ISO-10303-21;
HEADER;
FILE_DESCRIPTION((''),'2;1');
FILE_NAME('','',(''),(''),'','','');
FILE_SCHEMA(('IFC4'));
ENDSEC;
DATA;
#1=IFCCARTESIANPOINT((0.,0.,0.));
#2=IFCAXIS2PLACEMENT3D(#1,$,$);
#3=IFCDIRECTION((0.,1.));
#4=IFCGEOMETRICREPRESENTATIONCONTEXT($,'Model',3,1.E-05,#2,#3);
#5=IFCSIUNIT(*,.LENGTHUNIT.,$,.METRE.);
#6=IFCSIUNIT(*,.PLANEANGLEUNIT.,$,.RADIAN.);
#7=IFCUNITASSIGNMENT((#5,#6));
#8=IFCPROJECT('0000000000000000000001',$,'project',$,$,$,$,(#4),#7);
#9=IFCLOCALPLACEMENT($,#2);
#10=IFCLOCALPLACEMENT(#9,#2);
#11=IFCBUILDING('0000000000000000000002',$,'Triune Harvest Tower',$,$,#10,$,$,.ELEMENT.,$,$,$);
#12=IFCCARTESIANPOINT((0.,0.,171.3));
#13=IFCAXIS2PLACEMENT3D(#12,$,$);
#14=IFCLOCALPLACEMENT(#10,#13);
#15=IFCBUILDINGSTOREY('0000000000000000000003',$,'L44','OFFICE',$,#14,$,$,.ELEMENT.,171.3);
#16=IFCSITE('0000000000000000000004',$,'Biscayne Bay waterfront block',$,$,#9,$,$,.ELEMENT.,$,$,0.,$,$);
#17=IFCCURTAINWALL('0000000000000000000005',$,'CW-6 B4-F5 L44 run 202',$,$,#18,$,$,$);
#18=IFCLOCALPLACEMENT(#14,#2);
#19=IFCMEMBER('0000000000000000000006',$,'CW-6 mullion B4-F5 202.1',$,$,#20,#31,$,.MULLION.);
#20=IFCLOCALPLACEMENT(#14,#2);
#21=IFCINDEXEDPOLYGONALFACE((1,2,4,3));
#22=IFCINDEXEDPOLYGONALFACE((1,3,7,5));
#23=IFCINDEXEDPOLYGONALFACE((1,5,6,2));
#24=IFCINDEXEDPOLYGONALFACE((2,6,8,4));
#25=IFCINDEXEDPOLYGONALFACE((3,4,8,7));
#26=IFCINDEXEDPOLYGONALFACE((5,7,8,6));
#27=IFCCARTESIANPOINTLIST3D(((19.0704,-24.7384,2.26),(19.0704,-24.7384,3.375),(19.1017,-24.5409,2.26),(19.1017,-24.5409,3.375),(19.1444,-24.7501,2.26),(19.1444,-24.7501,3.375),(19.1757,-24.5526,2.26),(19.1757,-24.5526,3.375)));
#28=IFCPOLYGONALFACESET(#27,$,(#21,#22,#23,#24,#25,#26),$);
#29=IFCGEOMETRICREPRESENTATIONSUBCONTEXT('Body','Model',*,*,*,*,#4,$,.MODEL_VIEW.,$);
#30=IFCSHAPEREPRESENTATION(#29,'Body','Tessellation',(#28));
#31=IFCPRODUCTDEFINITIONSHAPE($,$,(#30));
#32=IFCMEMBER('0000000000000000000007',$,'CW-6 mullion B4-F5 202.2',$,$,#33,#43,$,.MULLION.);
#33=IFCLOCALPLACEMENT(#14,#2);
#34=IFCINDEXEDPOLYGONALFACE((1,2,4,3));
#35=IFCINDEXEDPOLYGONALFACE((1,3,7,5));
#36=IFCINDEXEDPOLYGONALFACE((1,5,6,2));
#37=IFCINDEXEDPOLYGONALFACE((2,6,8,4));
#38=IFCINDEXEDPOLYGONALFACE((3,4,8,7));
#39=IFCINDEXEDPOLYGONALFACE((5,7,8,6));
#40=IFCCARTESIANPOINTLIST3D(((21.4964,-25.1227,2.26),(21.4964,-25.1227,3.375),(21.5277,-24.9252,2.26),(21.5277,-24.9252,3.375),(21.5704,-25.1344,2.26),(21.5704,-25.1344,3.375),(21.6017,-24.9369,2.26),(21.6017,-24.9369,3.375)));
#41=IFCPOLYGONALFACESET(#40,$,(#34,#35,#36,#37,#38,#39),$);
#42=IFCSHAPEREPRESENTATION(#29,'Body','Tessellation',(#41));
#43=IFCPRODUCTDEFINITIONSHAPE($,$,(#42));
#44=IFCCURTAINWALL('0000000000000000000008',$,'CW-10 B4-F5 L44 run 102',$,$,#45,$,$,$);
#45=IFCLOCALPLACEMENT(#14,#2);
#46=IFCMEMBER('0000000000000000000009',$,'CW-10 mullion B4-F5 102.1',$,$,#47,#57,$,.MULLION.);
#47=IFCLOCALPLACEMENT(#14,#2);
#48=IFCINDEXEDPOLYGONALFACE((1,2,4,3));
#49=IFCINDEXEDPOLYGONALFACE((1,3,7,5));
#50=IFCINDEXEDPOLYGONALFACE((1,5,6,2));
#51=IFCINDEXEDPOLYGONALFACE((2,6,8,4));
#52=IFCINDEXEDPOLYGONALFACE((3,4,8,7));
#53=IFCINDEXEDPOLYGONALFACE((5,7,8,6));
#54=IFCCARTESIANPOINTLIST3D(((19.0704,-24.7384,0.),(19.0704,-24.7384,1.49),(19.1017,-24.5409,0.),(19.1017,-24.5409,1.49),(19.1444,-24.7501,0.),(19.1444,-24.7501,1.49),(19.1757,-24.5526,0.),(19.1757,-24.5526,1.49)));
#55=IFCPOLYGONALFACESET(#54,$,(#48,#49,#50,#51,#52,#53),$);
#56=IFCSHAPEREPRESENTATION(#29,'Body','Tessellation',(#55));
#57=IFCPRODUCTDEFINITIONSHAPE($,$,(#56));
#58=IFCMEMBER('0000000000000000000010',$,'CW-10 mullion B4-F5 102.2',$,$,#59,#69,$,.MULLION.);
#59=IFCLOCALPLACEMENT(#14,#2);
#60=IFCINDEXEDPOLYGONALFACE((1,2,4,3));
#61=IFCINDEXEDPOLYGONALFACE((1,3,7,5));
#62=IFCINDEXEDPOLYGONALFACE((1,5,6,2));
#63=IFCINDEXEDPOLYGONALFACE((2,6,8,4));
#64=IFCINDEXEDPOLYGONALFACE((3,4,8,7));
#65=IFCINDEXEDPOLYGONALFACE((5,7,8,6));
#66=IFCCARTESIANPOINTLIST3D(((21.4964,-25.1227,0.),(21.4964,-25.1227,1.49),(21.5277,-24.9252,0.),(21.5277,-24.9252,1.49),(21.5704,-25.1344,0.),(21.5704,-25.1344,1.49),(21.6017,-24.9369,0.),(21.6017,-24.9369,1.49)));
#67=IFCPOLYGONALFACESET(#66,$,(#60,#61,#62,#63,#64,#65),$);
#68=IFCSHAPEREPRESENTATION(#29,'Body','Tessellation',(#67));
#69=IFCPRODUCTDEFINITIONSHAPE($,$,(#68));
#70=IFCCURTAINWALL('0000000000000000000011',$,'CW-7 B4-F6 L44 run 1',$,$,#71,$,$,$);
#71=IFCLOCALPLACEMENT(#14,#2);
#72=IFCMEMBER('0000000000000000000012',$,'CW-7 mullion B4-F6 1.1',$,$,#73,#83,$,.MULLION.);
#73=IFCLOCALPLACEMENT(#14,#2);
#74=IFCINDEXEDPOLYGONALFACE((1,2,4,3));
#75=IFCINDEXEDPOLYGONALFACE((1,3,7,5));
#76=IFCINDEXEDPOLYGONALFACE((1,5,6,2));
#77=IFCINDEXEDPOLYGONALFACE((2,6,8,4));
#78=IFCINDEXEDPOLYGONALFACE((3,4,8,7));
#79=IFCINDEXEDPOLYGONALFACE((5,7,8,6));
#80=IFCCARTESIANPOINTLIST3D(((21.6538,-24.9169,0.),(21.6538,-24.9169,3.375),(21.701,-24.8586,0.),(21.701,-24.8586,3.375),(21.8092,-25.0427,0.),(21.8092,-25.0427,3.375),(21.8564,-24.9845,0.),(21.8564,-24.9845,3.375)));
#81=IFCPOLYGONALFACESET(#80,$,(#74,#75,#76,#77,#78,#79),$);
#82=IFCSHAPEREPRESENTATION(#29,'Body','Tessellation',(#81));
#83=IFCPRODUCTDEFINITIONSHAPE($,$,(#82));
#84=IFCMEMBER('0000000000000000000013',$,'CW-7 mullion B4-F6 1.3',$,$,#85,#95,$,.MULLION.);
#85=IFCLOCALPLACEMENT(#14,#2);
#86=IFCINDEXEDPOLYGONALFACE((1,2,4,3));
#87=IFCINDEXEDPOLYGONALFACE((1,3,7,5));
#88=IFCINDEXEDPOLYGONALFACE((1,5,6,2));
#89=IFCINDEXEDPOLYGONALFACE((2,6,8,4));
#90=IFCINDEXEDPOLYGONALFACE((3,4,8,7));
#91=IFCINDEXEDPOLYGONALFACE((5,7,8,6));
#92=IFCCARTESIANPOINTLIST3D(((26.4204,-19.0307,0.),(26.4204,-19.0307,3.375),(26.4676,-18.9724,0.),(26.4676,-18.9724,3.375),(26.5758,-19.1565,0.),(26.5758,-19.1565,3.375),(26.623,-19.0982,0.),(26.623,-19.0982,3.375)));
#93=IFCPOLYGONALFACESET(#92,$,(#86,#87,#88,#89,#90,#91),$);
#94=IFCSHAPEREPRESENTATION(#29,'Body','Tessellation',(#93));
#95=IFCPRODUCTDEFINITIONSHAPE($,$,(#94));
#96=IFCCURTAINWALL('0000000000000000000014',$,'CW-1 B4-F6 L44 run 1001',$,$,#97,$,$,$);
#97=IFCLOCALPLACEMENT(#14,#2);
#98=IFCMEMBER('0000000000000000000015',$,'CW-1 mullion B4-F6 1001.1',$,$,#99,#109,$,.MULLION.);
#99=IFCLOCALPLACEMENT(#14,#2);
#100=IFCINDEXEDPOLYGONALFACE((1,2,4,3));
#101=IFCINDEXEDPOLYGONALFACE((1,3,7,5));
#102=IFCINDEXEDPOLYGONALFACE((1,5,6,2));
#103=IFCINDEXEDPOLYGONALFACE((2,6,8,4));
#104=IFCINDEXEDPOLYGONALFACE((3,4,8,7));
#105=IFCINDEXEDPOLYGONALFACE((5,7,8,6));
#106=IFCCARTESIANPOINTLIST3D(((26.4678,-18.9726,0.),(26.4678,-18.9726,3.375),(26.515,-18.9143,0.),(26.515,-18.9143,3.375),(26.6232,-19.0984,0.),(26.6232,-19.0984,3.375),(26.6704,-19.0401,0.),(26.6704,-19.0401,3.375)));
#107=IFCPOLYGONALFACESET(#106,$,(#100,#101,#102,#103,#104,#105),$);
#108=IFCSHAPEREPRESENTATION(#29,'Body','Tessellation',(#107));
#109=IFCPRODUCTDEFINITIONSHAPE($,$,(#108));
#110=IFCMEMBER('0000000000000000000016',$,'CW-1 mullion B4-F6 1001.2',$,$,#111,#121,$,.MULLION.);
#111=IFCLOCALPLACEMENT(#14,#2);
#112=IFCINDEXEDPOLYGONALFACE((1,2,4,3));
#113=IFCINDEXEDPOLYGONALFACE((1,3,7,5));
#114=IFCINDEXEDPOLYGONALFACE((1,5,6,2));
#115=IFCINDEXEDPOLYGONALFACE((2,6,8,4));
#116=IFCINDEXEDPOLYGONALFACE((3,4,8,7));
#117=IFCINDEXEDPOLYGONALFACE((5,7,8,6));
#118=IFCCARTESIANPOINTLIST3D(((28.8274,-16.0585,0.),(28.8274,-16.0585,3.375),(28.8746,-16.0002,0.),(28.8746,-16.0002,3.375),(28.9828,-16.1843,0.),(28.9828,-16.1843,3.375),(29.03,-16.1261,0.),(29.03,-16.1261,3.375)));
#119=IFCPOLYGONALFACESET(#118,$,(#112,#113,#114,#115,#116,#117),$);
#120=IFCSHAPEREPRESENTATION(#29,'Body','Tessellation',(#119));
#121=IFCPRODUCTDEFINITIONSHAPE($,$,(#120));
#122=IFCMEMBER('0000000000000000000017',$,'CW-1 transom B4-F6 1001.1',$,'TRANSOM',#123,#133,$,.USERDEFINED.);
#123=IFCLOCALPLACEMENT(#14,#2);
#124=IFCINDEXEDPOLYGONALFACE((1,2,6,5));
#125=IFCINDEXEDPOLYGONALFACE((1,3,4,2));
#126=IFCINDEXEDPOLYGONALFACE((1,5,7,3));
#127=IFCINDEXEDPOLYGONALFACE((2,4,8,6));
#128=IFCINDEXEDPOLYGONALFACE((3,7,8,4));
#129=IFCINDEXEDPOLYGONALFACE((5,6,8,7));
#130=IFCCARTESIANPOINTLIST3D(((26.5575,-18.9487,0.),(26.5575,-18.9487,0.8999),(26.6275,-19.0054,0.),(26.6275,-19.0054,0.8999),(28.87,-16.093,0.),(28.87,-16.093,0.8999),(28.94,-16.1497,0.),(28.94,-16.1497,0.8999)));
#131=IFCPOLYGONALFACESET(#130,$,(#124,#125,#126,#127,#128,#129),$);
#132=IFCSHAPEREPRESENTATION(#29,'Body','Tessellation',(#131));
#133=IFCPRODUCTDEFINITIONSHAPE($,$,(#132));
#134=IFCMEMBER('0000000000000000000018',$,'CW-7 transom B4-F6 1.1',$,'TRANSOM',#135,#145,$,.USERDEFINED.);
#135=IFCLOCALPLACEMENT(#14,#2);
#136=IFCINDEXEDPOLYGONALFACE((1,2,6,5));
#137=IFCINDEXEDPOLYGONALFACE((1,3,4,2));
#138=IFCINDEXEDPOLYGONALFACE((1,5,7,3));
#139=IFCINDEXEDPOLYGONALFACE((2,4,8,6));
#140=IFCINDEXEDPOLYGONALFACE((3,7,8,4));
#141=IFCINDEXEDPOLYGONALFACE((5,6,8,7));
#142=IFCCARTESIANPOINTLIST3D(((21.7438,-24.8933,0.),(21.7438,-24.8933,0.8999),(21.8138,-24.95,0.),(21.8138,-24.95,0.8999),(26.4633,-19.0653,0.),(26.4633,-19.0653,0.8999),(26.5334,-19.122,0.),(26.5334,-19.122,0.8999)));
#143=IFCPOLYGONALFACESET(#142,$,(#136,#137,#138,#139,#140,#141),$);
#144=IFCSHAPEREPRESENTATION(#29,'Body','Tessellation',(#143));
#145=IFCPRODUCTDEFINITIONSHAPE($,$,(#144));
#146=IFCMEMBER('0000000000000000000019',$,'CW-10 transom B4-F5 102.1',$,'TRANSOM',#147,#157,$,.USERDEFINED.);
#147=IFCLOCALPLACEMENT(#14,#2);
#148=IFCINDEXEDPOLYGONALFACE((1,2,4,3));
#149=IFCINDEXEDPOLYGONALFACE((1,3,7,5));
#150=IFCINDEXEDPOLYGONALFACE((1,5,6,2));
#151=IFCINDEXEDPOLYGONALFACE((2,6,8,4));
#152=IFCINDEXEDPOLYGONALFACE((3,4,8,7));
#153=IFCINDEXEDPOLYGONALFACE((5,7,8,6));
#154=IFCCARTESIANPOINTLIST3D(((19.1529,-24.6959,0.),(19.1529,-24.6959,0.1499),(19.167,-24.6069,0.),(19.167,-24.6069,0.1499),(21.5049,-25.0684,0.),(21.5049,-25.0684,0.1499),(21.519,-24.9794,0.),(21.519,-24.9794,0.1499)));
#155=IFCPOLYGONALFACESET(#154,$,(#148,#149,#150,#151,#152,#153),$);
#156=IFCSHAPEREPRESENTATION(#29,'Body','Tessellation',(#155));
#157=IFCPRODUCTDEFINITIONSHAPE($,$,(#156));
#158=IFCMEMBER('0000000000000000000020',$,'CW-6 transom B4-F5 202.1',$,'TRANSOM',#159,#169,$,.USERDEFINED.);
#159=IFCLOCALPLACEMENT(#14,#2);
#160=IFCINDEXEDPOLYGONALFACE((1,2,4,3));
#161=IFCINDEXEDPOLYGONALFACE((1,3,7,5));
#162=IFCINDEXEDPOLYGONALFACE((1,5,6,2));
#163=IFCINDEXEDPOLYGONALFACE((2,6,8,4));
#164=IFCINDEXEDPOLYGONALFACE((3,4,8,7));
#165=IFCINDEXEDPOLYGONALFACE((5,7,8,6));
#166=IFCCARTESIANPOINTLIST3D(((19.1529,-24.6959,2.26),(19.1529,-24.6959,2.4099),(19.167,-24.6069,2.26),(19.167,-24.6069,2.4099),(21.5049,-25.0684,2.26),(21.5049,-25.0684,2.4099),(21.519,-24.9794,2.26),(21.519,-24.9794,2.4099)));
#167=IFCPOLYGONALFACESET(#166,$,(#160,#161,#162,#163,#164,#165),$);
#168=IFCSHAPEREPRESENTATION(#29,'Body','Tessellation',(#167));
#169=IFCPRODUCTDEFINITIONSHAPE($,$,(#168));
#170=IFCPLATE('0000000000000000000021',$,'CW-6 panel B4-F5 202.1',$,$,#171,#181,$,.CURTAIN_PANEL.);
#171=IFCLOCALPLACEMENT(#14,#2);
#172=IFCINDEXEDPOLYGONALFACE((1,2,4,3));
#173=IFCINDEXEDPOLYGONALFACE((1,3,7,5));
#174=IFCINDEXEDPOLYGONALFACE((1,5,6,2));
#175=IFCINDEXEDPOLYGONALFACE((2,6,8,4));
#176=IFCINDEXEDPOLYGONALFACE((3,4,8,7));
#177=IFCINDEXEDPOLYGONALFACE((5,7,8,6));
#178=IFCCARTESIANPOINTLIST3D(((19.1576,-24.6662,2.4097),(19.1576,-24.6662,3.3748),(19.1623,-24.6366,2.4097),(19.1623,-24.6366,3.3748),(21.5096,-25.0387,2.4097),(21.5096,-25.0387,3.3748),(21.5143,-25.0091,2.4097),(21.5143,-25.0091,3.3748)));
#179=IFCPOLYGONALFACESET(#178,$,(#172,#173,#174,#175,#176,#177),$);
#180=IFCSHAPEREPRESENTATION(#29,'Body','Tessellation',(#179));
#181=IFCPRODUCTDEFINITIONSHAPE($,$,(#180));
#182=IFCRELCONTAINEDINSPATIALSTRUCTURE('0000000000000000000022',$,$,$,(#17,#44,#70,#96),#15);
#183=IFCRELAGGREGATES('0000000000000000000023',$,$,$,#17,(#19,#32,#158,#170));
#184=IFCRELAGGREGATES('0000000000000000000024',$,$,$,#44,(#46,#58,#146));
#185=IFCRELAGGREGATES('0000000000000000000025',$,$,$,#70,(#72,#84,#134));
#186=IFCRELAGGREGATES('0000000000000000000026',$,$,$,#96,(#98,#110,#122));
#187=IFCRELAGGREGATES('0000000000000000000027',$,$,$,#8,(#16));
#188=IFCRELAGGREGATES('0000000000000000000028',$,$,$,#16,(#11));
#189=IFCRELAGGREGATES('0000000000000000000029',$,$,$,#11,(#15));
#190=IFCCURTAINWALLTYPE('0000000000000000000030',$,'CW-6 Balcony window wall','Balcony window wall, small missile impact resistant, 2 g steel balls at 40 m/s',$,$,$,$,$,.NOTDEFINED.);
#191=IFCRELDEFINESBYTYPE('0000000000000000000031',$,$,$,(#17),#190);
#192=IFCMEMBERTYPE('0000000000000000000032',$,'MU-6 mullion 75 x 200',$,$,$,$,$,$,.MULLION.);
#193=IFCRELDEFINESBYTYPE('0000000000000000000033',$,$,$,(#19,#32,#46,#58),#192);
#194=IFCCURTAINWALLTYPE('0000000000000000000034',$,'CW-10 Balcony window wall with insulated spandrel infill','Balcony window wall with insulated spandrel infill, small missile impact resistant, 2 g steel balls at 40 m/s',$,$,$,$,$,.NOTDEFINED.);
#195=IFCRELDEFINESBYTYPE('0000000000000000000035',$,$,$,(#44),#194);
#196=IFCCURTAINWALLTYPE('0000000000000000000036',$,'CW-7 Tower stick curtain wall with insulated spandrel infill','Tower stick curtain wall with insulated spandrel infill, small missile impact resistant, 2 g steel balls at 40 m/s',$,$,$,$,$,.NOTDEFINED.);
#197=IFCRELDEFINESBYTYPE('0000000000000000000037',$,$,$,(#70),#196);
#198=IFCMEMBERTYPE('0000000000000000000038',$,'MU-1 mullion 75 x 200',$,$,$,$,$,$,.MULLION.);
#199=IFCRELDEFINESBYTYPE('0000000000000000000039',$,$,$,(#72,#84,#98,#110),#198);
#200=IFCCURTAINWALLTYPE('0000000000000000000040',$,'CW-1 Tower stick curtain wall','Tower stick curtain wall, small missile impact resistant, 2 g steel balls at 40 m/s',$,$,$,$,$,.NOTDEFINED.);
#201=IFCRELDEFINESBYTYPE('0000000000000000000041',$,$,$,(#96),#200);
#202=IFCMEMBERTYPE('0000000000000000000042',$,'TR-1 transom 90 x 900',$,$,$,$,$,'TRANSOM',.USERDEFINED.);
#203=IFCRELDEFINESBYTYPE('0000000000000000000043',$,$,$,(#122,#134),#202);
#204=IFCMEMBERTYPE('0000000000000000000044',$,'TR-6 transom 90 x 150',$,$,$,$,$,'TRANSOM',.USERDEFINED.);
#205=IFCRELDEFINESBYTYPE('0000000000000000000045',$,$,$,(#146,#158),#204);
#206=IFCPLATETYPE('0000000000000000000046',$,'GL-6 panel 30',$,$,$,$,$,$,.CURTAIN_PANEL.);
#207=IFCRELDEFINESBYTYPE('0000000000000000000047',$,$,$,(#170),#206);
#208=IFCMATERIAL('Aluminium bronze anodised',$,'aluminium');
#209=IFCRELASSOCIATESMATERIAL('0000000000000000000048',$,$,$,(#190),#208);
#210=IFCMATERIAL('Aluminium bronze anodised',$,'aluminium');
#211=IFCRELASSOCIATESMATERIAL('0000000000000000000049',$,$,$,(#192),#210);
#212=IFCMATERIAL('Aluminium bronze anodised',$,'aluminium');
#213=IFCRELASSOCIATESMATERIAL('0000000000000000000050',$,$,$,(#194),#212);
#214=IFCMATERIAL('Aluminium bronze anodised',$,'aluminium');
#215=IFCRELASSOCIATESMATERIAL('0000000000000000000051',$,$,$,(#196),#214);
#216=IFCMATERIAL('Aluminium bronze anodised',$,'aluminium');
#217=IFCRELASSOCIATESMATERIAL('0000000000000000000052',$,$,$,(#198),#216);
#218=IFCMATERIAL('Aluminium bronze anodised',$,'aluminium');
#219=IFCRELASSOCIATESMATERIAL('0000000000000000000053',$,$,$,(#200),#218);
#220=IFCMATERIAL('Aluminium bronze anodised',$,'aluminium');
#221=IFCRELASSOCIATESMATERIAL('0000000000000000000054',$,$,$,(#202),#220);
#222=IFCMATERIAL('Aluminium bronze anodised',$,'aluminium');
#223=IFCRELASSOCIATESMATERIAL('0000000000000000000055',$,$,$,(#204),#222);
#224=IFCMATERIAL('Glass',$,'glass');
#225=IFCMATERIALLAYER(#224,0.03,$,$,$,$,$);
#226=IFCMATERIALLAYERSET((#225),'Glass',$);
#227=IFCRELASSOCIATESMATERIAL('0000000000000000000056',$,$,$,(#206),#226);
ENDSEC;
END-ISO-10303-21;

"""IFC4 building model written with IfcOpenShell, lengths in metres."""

from ifc_helpers import new_model, si_unit, direction, frame, origin, origin_2d, place, context, subcontext, project, spatial, rectangle, extrude, source, transform, mapped, material, layer, layer_set, material_profile, profile_set, type_object, element, aggregate, save


model = new_model("IFC4")

# Units and contexts
model_context = context("Model", 3, precision=1e-05, world=origin(), true_north=direction((0.0, 1.0)))
body_context = subcontext(model_context, "Body", "Model", "MODEL_VIEW")
ifc_project = project(units=[si_unit("LENGTHUNIT", "METRE"), si_unit("PLANEANGLEUNIT", "RADIAN")], contexts=[model_context])

# Site, building, storey
site_placement = place(None, origin())
site = spatial("IfcSite", under=ifc_project, at=site_placement, Name="Biscayne Bay waterfront block", CompositionType="ELEMENT", RefElevation=0.0)
building_placement = place(site_placement, origin())
building = spatial("IfcBuilding", under=site, at=building_placement, Name="Triune Harvest Tower", CompositionType="ELEMENT")
storey_placement = place(building_placement, frame((0.0, 0.0, 171.3)))
storey = spatial("IfcBuildingStorey", under=building, at=storey_placement, Name="L44", Description="OFFICE", CompositionType="ELEMENT", Elevation=171.3)

# Curtain walls, members
ifc_material_1 = material(Name="Aluminium bronze anodised", Category="aluminium")
curtain_wall_type_1 = type_object("IfcCurtainWallType", Name="CW-6 Balcony window wall", Description="Balcony window wall, small missile impact resistant, 2 g steel balls at 40 m/s", PredefinedType="NOTDEFINED", material=ifc_material_1)
curtain_wall_1_placement = place(storey_placement, origin())
curtain_wall_1 = element("IfcCurtainWall", 1, at=curtain_wall_1_placement, inside=storey, type_object=curtain_wall_type_1, Name="CW-6 B4-F5 L44 run 202")
ifc_material_2 = material(Name="Aluminium bronze anodised", Category="aluminium")
ifc_material_profile_1 = material_profile(ifc_material_2, rectangle(XDim=0.2, YDim=0.075, at=origin_2d()), Name="MU-6 mullion 75 x 200")
ifc_profile_set_1 = profile_set([ifc_material_profile_1], Name="Aluminium bronze anodised")
member_type_1 = type_object("IfcMemberType", Name="MU-6 mullion 75 x 200", PredefinedType="MULLION", material=ifc_profile_set_1)
shared_shape_1 = source(origin(), body_context, "Body", "SweptSolid", [
    extrude(rectangle(XDim=0.2, YDim=0.075, at=origin_2d()), origin(), (0.0, 0.0, 1.0), 1.115),
])
member_1_placement = place(storey_placement, frame((19.123, -24.6455, 2.26), z_axis=(0.0, 0.0, 1.0), x_axis=(0.156437, 0.987688, 0.0)))
member_1 = element("IfcMember", 2, at=member_1_placement, type_object=member_type_1, Name="CW-6 mullion B4-F5 202.1", PredefinedType="MULLION", context=body_context, shape_type="MappedRepresentation", body=[
    mapped(shared_shape_1, transform((0.0, 0.0, 0.0), scale=1.0)),
])
member_2_placement = place(storey_placement, frame((21.5491, -25.0298, 2.26), z_axis=(0.0, 0.0, 1.0), x_axis=(0.156437, 0.987688, 0.0)))
member_2 = element("IfcMember", 3, at=member_2_placement, type_object=member_type_1, Name="CW-6 mullion B4-F5 202.2", PredefinedType="MULLION", context=body_context, shape_type="MappedRepresentation", body=[
    mapped(shared_shape_1, transform((0.0, 0.0, 0.0), scale=1.0)),
])
ifc_material_3 = material(Name="Aluminium bronze anodised", Category="aluminium")
curtain_wall_type_2 = type_object("IfcCurtainWallType", Name="CW-10 Balcony window wall with insulated spandrel infill", Description="Balcony window wall with insulated spandrel infill, small missile impact resistant, 2 g steel balls at 40 m/s", PredefinedType="NOTDEFINED", material=ifc_material_3)
curtain_wall_2_placement = place(storey_placement, origin())
curtain_wall_2 = element("IfcCurtainWall", 4, at=curtain_wall_2_placement, inside=storey, type_object=curtain_wall_type_2, Name="CW-10 B4-F5 L44 run 102")
shared_shape_2 = source(origin(), body_context, "Body", "SweptSolid", [
    extrude(rectangle(XDim=0.2, YDim=0.075, at=origin_2d()), origin(), (0.0, 0.0, 1.0), 1.49),
])
member_3_placement = place(storey_placement, frame((19.123, -24.6455, 0.0), z_axis=(0.0, 0.0, 1.0), x_axis=(0.156437, 0.987688, 0.0)))
member_3 = element("IfcMember", 5, at=member_3_placement, type_object=member_type_1, Name="CW-10 mullion B4-F5 102.1", PredefinedType="MULLION", context=body_context, shape_type="MappedRepresentation", body=[
    mapped(shared_shape_2, transform((0.0, 0.0, 0.0), scale=1.0)),
])
member_4_placement = place(storey_placement, frame((21.5491, -25.0298, 0.0), z_axis=(0.0, 0.0, 1.0), x_axis=(0.156437, 0.987688, 0.0)))
member_4 = element("IfcMember", 6, at=member_4_placement, type_object=member_type_1, Name="CW-10 mullion B4-F5 102.2", PredefinedType="MULLION", context=body_context, shape_type="MappedRepresentation", body=[
    mapped(shared_shape_2, transform((0.0, 0.0, 0.0), scale=1.0)),
])
ifc_material_4 = material(Name="Aluminium bronze anodised", Category="aluminium")
curtain_wall_type_3 = type_object("IfcCurtainWallType", Name="CW-7 Tower stick curtain wall with insulated spandrel infill", Description="Tower stick curtain wall with insulated spandrel infill, small missile impact resistant, 2 g steel balls at 40 m/s", PredefinedType="NOTDEFINED", material=ifc_material_4)
curtain_wall_3_placement = place(storey_placement, origin())
curtain_wall_3 = element("IfcCurtainWall", 7, at=curtain_wall_3_placement, inside=storey, type_object=curtain_wall_type_3, Name="CW-7 B4-F6 L44 run 1")
ifc_material_5 = material(Name="Aluminium bronze anodised", Category="aluminium")
ifc_material_profile_2 = material_profile(ifc_material_5, rectangle(XDim=0.2, YDim=0.075, at=origin_2d()), Name="MU-1 mullion 75 x 200")
ifc_profile_set_2 = profile_set([ifc_material_profile_2], Name="Aluminium bronze anodised")
member_type_2 = type_object("IfcMemberType", Name="MU-1 mullion 75 x 200", PredefinedType="MULLION", material=ifc_profile_set_2)
shared_shape_3 = source(origin(), body_context, "Body", "SweptSolid", [
    extrude(rectangle(XDim=0.2, YDim=0.075, at=origin_2d()), origin(), (0.0, 0.0, 1.0), 3.375),
])
member_5_placement = place(storey_placement, frame((21.7551, -24.9507, 0.0), z_axis=(0.0, 0.0, 1.0), x_axis=(-0.777144, 0.629323, 0.0)))
member_5 = element("IfcMember", 8, at=member_5_placement, type_object=member_type_2, Name="CW-7 mullion B4-F6 1.1", PredefinedType="MULLION", context=body_context, shape_type="MappedRepresentation", body=[
    mapped(shared_shape_3, transform((0.0, 0.0, 0.0), scale=1.0)),
])
member_6_placement = place(storey_placement, frame((26.5217, -19.0645, 0.0), z_axis=(0.0, 0.0, 1.0), x_axis=(-0.777144, 0.629323, 0.0)))
member_6 = element("IfcMember", 9, at=member_6_placement, type_object=member_type_2, Name="CW-7 mullion B4-F6 1.3", PredefinedType="MULLION", context=body_context, shape_type="MappedRepresentation", body=[
    mapped(shared_shape_3, transform((0.0, 0.0, 0.0), scale=1.0)),
])
ifc_material_6 = material(Name="Aluminium bronze anodised", Category="aluminium")
curtain_wall_type_4 = type_object("IfcCurtainWallType", Name="CW-1 Tower stick curtain wall", Description="Tower stick curtain wall, small missile impact resistant, 2 g steel balls at 40 m/s", PredefinedType="NOTDEFINED", material=ifc_material_6)
curtain_wall_4_placement = place(storey_placement, origin())
curtain_wall_4 = element("IfcCurtainWall", 10, at=curtain_wall_4_placement, inside=storey, type_object=curtain_wall_type_4, Name="CW-1 B4-F6 L44 run 1001")
member_7_placement = place(storey_placement, frame((26.5691, -19.0063, 0.0), z_axis=(0.0, 0.0, 1.0), x_axis=(-0.777149, 0.629316, 0.0)))
member_7 = element("IfcMember", 11, at=member_7_placement, type_object=member_type_2, Name="CW-1 mullion B4-F6 1001.1", PredefinedType="MULLION", context=body_context, shape_type="MappedRepresentation", body=[
    mapped(shared_shape_3, transform((0.0, 0.0, 0.0), scale=1.0)),
])
member_8_placement = place(storey_placement, frame((28.9287, -16.0923, 0.0), z_axis=(0.0, 0.0, 1.0), x_axis=(-0.777149, 0.629316, 0.0)))
member_8 = element("IfcMember", 12, at=member_8_placement, type_object=member_type_2, Name="CW-1 mullion B4-F6 1001.2", PredefinedType="MULLION", context=body_context, shape_type="MappedRepresentation", body=[
    mapped(shared_shape_3, transform((0.0, 0.0, 0.0), scale=1.0)),
])
ifc_material_7 = material(Name="Aluminium bronze anodised", Category="aluminium")
ifc_material_profile_3 = material_profile(ifc_material_7, rectangle(XDim=0.0901, YDim=0.8999, at=origin_2d()), Name="TR-1 transom 90 x 900")
ifc_profile_set_3 = profile_set([ifc_material_profile_3], Name="Aluminium bronze anodised")
member_type_3 = type_object("IfcMemberType", Name="TR-1 transom 90 x 900", ElementType="TRANSOM", PredefinedType="USERDEFINED", material=ifc_profile_set_3)
shared_shape_4 = source(origin(), body_context, "Body", "SweptSolid", [
    extrude(rectangle(XDim=0.0901, YDim=0.8999, at=origin_2d()), origin(), (0.0, 0.0, 1.0), 3.6746),
])
member_9_placement = place(storey_placement, frame((26.5925, -18.9771, 0.45), z_axis=(0.629319, 0.777147, 0.0), x_axis=(-0.777147, 0.629319, 0.0)))
member_9 = element("IfcMember", 13, at=member_9_placement, type_object=member_type_3, Name="CW-1 transom B4-F6 1001.1", ObjectType="TRANSOM", PredefinedType="USERDEFINED", context=body_context, shape_type="MappedRepresentation", body=[
    mapped(shared_shape_4, transform((0.0, 0.0, 0.0), scale=1.0)),
])

# Members
shared_shape_5 = source(origin(), body_context, "Body", "SweptSolid", [
    extrude(rectangle(XDim=0.0901, YDim=0.8999, at=origin_2d()), origin(), (0.0, 0.0, 1.0), 7.4993),
])
member_10_placement = place(storey_placement, frame((21.7788, -24.9216, 0.45), z_axis=(0.629333, 0.777136, 0.0), x_axis=(-0.777136, 0.629333, 0.0)))
member_10 = element("IfcMember", 14, at=member_10_placement, type_object=member_type_3, Name="CW-7 transom B4-F6 1.1", ObjectType="TRANSOM", PredefinedType="USERDEFINED", context=body_context, shape_type="MappedRepresentation", body=[
    mapped(shared_shape_5, transform((0.0, 0.0, 0.0), scale=1.0)),
])
ifc_material_8 = material(Name="Aluminium bronze anodised", Category="aluminium")
ifc_material_profile_4 = material_profile(ifc_material_8, rectangle(XDim=0.0901, YDim=0.1499, at=origin_2d()), Name="TR-6 transom 90 x 150")
ifc_profile_set_4 = profile_set([ifc_material_profile_4], Name="Aluminium bronze anodised")
member_type_4 = type_object("IfcMemberType", Name="TR-6 transom 90 x 150", ElementType="TRANSOM", PredefinedType="USERDEFINED", material=ifc_profile_set_4)
shared_shape_6 = source(origin(), body_context, "Body", "SweptSolid", [
    extrude(rectangle(XDim=0.0901, YDim=0.1499, at=origin_2d()), origin(), (0.0, 0.0, 1.0), 2.3813),
])
member_11_placement = place(storey_placement, frame((19.1599, -24.6514, 0.075), z_axis=(0.987686, -0.156447, 0.0), x_axis=(0.156447, 0.987686, 0.0)))
member_11 = element("IfcMember", 15, at=member_11_placement, type_object=member_type_4, Name="CW-10 transom B4-F5 102.1", ObjectType="TRANSOM", PredefinedType="USERDEFINED", context=body_context, shape_type="MappedRepresentation", body=[
    mapped(shared_shape_6, transform((0.0, 0.0, 0.0), scale=1.0)),
])
member_12_placement = place(storey_placement, frame((19.1599, -24.6514, 2.335), z_axis=(0.987686, -0.156447, 0.0), x_axis=(0.156447, 0.987686, 0.0)))
member_12 = element("IfcMember", 16, at=member_12_placement, type_object=member_type_4, Name="CW-6 transom B4-F5 202.1", ObjectType="TRANSOM", PredefinedType="USERDEFINED", context=body_context, shape_type="MappedRepresentation", body=[
    mapped(shared_shape_6, transform((0.0, 0.0, 0.0), scale=1.0)),
])

# Plate
ifc_material_9 = material(Name="Glass", Category="glass")
ifc_layer_1 = layer(ifc_material_9, 0.03)
ifc_layer_set_1 = layer_set([ifc_layer_1], Name="Glass")
plate_type_1 = type_object("IfcPlateType", Name="GL-6 panel 30", PredefinedType="CURTAIN_PANEL", material=ifc_layer_set_1)
plate_1_placement = place(storey_placement, frame((20.3359, -24.8376, 2.4097), z_axis=(0.0, 0.0, 1.0), x_axis=(0.987688, -0.156437, 0.0)))
plate_1 = element("IfcPlate", 17, at=plate_1_placement, type_object=plate_type_1, Name="CW-6 panel B4-F5 202.1", PredefinedType="CURTAIN_PANEL", context=body_context, shape_type="SweptSolid", body=[
    extrude(rectangle(XDim=2.3813, YDim=0.03, at=origin_2d()), origin(), (0.0, 0.0, 1.0), 0.9651),
])
aggregate(curtain_wall_1, [member_1, member_2, member_12, plate_1])
aggregate(curtain_wall_2, [member_3, member_4, member_11])
aggregate(curtain_wall_3, [member_5, member_6, member_10])
aggregate(curtain_wall_4, [member_7, member_8, member_9])

save(model, "model.ifc")
